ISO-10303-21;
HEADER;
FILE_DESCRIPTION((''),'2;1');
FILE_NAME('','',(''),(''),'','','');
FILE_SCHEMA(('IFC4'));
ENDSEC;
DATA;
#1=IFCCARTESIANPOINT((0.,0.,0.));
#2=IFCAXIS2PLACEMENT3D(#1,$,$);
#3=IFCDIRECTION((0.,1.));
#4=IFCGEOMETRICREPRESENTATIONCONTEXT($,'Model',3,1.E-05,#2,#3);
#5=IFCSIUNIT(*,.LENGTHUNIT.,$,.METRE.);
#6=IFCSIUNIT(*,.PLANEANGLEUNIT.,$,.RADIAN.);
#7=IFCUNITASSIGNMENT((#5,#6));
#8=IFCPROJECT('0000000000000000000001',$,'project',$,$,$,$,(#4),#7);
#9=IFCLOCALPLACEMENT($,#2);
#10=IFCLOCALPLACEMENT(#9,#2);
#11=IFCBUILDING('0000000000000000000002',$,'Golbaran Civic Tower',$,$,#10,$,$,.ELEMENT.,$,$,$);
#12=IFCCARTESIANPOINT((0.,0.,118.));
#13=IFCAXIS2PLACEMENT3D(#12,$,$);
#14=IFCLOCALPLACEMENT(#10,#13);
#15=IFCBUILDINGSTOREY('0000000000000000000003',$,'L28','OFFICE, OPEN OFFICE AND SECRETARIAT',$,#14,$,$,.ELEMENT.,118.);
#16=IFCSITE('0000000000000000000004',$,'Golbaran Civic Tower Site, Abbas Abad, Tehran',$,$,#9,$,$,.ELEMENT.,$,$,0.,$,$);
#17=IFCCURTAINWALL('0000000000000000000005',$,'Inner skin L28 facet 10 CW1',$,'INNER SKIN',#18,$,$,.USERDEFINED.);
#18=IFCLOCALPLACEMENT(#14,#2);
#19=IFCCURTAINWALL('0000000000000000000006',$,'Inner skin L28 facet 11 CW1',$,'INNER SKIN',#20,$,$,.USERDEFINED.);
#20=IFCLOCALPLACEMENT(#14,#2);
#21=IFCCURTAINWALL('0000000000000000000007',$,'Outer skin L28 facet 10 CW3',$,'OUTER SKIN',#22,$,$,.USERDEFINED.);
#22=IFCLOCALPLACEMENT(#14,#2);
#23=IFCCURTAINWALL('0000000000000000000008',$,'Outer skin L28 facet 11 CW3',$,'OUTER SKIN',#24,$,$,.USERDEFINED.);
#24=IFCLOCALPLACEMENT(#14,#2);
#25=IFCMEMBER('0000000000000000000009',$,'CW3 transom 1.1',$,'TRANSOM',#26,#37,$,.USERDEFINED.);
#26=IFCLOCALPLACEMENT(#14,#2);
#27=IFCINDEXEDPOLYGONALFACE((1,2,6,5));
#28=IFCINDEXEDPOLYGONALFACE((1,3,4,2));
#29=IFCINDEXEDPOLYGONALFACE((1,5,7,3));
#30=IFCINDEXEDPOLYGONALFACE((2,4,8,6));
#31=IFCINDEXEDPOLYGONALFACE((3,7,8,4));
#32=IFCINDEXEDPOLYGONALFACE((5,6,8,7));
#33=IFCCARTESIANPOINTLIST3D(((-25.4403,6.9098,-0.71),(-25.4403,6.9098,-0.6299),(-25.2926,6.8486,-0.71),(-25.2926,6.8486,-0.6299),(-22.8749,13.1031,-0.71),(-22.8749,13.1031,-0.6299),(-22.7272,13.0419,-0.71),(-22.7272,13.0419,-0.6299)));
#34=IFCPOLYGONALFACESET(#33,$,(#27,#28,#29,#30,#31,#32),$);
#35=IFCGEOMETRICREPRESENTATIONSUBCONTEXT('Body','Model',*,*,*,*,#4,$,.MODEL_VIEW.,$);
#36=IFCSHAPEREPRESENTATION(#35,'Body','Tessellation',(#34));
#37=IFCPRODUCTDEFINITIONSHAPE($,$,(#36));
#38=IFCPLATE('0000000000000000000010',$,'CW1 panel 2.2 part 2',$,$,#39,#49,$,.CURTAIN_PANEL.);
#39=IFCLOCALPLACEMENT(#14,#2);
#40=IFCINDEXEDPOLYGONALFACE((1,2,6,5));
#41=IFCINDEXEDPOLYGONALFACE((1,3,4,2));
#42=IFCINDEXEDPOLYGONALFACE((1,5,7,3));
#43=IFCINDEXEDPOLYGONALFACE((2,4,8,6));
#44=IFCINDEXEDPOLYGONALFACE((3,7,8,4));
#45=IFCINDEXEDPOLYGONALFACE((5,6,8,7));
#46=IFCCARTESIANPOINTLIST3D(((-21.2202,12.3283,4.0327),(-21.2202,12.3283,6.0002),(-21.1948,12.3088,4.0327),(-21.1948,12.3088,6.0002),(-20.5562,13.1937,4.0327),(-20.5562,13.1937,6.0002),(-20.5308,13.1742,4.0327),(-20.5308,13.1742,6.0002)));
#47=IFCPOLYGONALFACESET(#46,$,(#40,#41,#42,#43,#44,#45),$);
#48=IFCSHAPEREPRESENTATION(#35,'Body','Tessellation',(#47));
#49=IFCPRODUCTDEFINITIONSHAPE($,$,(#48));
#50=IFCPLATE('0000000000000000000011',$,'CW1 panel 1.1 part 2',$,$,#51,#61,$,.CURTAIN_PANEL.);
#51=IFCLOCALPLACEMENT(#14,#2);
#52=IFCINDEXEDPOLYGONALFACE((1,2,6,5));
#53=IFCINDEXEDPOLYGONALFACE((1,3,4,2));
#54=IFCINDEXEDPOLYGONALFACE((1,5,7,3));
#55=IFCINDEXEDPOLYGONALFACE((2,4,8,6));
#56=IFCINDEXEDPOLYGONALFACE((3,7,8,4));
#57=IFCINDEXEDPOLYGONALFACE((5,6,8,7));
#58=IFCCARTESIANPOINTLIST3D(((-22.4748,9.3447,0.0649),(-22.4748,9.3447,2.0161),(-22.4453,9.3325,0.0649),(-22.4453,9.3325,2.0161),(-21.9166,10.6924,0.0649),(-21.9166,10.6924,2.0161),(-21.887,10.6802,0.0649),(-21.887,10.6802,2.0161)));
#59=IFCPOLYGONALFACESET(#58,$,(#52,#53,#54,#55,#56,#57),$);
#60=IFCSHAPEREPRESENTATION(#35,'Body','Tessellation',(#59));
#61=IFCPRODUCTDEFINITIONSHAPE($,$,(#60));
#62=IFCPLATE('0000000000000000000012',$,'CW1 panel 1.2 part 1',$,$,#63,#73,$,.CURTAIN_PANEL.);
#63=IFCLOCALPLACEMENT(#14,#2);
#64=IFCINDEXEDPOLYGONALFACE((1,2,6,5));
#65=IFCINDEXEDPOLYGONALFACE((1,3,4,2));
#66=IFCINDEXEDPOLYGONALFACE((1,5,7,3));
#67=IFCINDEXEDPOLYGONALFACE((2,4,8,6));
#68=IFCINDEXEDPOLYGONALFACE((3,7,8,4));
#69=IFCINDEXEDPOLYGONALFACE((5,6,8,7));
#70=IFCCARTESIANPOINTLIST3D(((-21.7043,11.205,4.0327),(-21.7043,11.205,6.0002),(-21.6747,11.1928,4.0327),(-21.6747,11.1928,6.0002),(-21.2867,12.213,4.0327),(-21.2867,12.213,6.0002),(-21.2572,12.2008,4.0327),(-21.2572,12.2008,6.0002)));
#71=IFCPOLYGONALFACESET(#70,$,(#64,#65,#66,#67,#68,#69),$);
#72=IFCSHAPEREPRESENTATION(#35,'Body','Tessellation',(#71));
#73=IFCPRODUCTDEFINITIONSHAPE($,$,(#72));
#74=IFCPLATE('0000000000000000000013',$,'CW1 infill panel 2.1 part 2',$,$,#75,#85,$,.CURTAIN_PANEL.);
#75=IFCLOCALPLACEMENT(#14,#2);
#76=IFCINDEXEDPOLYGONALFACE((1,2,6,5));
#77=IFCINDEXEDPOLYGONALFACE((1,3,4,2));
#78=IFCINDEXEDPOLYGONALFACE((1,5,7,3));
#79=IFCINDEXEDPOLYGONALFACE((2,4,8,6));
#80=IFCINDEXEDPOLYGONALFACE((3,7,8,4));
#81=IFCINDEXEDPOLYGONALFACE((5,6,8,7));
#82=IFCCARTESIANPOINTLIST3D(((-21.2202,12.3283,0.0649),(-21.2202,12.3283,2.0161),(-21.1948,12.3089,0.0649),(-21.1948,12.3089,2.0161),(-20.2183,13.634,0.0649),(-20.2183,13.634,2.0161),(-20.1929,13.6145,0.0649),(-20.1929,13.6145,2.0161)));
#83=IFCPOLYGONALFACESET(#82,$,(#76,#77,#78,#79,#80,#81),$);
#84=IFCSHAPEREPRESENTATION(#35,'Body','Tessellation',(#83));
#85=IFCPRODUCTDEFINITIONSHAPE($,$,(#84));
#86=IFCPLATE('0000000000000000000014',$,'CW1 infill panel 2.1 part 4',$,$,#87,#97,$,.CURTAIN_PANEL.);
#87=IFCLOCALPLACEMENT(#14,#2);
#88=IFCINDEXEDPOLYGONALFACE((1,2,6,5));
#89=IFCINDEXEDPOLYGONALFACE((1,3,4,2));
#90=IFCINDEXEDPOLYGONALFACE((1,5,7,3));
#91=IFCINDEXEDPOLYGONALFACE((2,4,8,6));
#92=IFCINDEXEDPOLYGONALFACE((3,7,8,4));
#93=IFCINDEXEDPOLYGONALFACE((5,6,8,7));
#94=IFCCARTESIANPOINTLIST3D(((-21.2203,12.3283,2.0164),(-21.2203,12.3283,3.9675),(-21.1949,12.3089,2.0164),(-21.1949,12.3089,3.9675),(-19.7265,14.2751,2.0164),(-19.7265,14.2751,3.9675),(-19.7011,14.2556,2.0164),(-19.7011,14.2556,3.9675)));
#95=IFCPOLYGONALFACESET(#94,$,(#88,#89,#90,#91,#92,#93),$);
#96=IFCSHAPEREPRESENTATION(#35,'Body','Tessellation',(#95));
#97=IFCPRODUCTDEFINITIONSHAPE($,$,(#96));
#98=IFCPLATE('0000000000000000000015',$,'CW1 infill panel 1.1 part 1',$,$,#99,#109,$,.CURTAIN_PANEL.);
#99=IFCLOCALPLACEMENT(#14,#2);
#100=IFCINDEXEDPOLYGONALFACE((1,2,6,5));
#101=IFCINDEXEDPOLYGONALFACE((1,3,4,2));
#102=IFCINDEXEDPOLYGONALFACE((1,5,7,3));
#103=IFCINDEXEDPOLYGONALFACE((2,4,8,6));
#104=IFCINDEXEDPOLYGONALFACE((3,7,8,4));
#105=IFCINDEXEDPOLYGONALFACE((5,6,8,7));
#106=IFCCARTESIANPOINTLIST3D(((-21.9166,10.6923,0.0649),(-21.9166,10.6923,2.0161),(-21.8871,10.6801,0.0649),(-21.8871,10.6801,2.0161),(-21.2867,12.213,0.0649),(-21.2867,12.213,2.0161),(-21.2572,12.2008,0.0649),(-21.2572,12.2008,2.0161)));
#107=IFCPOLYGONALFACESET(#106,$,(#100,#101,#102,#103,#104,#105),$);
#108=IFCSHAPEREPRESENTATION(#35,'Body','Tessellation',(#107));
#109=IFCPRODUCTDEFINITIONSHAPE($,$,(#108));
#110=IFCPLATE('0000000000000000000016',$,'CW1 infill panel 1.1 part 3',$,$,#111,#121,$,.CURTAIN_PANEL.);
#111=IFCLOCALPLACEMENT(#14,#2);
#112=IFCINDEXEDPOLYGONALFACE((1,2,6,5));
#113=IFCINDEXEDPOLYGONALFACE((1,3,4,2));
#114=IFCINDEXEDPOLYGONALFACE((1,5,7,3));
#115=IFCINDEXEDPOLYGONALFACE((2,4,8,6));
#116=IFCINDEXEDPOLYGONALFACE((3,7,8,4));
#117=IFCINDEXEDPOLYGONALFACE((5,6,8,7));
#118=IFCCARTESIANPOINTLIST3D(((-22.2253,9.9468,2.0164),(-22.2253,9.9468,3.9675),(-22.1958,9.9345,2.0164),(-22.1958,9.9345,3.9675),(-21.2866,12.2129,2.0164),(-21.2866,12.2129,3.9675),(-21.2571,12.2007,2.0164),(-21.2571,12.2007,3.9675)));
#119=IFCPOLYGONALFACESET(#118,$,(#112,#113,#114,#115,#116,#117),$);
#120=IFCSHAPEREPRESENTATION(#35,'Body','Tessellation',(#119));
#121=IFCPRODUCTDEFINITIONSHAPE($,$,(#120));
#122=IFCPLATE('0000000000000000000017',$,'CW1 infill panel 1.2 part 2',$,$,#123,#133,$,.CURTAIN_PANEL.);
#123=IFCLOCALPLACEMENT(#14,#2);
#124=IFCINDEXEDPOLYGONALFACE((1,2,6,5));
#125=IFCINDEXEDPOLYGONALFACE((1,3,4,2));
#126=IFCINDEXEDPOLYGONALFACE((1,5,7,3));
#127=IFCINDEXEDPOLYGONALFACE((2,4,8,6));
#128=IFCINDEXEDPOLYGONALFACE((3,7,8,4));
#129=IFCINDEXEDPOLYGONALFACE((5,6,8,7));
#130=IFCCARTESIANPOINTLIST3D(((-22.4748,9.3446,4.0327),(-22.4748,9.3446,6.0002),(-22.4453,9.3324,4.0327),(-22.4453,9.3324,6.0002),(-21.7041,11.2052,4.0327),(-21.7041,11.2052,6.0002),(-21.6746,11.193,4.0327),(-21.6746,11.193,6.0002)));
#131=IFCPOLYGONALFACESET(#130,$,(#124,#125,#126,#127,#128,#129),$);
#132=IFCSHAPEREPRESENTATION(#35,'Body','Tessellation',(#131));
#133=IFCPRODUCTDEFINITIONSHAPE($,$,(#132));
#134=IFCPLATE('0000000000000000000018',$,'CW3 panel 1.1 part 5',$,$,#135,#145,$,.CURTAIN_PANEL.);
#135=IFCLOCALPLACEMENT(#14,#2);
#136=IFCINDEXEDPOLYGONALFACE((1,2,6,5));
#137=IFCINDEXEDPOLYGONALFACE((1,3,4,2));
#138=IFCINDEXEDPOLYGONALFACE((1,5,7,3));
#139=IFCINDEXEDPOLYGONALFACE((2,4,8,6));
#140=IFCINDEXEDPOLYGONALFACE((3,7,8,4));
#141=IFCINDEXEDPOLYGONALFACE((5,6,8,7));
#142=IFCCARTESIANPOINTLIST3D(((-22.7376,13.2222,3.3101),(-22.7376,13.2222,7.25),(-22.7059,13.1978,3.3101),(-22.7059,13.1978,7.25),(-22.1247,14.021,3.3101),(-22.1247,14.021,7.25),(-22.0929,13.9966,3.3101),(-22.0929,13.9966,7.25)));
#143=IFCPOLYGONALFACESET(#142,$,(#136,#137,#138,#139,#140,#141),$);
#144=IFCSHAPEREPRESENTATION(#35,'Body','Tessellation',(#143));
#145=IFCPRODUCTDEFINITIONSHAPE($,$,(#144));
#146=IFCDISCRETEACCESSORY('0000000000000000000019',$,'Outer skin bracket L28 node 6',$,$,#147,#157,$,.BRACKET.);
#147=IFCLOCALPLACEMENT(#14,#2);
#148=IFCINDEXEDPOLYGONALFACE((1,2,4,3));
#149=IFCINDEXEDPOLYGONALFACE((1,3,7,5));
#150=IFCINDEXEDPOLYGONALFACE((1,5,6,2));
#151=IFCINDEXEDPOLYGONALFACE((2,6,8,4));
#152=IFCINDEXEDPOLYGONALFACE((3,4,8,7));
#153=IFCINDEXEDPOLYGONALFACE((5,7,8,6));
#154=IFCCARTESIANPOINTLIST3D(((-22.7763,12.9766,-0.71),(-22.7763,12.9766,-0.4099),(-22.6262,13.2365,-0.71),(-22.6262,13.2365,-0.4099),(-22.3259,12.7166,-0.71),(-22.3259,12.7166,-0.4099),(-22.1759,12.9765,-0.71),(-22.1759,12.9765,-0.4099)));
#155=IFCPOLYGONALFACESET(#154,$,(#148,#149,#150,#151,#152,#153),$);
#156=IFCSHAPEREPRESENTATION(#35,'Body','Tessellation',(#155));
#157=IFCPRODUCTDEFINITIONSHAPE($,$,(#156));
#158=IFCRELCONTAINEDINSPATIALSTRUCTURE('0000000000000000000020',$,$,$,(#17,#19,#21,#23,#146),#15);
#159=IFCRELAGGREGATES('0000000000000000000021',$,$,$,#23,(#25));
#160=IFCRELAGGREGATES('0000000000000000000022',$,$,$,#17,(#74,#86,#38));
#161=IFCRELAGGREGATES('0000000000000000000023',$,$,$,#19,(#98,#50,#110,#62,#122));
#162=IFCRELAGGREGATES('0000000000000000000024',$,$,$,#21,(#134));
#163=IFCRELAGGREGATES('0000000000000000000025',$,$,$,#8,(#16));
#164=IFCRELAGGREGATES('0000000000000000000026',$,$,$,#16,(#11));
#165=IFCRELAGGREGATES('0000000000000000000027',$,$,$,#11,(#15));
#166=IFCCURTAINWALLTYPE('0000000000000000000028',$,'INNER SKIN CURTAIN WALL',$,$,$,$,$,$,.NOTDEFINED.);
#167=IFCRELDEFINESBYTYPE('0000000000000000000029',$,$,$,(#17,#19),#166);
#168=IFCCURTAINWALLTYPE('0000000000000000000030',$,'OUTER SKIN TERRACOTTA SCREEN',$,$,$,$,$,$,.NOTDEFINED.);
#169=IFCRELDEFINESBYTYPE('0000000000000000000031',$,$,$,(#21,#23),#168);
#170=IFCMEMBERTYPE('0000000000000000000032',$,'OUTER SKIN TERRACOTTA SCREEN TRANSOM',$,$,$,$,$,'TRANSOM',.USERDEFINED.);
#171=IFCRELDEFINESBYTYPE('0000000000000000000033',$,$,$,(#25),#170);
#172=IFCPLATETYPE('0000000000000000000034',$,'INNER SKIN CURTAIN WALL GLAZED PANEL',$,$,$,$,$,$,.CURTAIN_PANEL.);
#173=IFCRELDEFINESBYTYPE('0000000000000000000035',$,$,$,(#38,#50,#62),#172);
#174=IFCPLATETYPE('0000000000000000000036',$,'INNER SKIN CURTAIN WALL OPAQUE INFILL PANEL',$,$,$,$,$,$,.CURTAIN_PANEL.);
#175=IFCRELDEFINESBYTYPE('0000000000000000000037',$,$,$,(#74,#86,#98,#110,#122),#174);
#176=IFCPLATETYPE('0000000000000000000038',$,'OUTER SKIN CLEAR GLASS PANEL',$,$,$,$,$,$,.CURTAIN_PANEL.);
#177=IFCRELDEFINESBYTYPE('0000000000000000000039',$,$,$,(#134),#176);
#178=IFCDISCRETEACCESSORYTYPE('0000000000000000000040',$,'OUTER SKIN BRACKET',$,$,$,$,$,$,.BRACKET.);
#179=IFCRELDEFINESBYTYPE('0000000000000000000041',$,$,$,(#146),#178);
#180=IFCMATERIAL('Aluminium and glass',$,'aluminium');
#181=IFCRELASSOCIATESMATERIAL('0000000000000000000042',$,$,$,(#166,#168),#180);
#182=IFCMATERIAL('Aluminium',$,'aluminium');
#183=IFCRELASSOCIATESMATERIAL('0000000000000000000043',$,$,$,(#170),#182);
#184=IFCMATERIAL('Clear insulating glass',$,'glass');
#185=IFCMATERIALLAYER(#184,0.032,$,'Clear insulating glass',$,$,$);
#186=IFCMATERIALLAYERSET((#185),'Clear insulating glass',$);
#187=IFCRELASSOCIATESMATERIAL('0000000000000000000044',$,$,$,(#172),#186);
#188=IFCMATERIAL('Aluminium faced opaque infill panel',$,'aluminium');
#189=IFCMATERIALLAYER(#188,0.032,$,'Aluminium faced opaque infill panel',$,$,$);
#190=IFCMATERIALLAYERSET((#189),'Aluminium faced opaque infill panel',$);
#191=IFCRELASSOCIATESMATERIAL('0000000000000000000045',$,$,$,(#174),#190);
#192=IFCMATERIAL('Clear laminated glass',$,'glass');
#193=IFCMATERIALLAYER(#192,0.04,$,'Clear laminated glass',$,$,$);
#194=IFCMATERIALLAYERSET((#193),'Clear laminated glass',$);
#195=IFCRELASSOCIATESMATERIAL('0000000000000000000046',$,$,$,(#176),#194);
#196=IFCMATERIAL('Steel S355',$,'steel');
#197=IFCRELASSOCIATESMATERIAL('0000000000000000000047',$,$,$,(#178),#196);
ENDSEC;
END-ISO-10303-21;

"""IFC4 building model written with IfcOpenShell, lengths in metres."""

from ifc_helpers import new_model, si_unit, direction, frame, origin, origin_2d, place, context, subcontext, project, spatial, rectangle, extrude, material, layer, layer_set, material_profile, profile_set, type_object, element, aggregate, save


model = new_model("IFC4")

# Units and contexts
model_context = context("Model", 3, precision=1e-05, world=origin(), true_north=direction((0.0, 1.0)))
body_context = subcontext(model_context, "Body", "Model", "MODEL_VIEW")
ifc_project = project(units=[si_unit("LENGTHUNIT", "METRE"), si_unit("PLANEANGLEUNIT", "RADIAN")], contexts=[model_context])

# Site, building, storey
site_placement = place(None, origin())
site = spatial("IfcSite", under=ifc_project, at=site_placement, Name="Golbaran Civic Tower Site, Abbas Abad, Tehran", CompositionType="ELEMENT", RefElevation=0.0)
building_placement = place(site_placement, origin())
building = spatial("IfcBuilding", under=site, at=building_placement, Name="Golbaran Civic Tower", CompositionType="ELEMENT")
storey_placement = place(building_placement, frame((0.0, 0.0, 118.0)))
storey = spatial("IfcBuildingStorey", under=building, at=storey_placement, Name="L28", Description="OFFICE, OPEN OFFICE AND SECRETARIAT", CompositionType="ELEMENT", Elevation=118.0)

# Shared definitions
ifc_material_1 = material(Name="Steel S355", Category="steel")

# Curtain wall
ifc_material_2 = material(Name="Aluminium and glass", Category="aluminium")
curtain_wall_type_1 = type_object("IfcCurtainWallType", Name="INNER SKIN CURTAIN WALL", PredefinedType="NOTDEFINED", material=ifc_material_2)
curtain_wall_1_placement = place(storey_placement, origin())
curtain_wall_1 = element("IfcCurtainWall", 1, at=curtain_wall_1_placement, inside=storey, type_object=curtain_wall_type_1, Name="Inner skin L28 facet 10 CW1", ObjectType="INNER SKIN", PredefinedType="USERDEFINED")
ifc_material_3 = material(Name="Aluminium", Category="aluminium")

# Curtain wall
curtain_wall_2_placement = place(storey_placement, origin())
curtain_wall_2 = element("IfcCurtainWall", 2, at=curtain_wall_2_placement, inside=storey, type_object=curtain_wall_type_1, Name="Inner skin L28 facet 11 CW1", ObjectType="INNER SKIN", PredefinedType="USERDEFINED")

# Curtain wall
curtain_wall_type_2 = type_object("IfcCurtainWallType", Name="OUTER SKIN TERRACOTTA SCREEN", PredefinedType="NOTDEFINED", material=ifc_material_2)
curtain_wall_3_placement = place(storey_placement, origin())
curtain_wall_3 = element("IfcCurtainWall", 3, at=curtain_wall_3_placement, inside=storey, type_object=curtain_wall_type_2, Name="Outer skin L28 facet 10 CW3", ObjectType="OUTER SKIN", PredefinedType="USERDEFINED")

# Curtain wall, member
curtain_wall_4_placement = place(storey_placement, origin())
curtain_wall_4 = element("IfcCurtainWall", 4, at=curtain_wall_4_placement, inside=storey, type_object=curtain_wall_type_2, Name="Outer skin L28 facet 11 CW3", ObjectType="OUTER SKIN", PredefinedType="USERDEFINED")
ifc_material_profile_1 = material_profile(ifc_material_3, rectangle(XDim=0.1599, YDim=0.0801, at=origin_2d()), Name="OUTER SKIN TERRACOTTA SCREEN TRANSOM")
ifc_profile_set_1 = profile_set([ifc_material_profile_1], Name="Aluminium")
member_type_1 = type_object("IfcMemberType", Name="OUTER SKIN TERRACOTTA SCREEN TRANSOM", ElementType="TRANSOM", PredefinedType="USERDEFINED", material=ifc_profile_set_1)
member_1_placement = place(storey_placement, frame((-22.801, 13.0725, -0.6699), z_axis=(-0.382691, -0.923877, 0.0), x_axis=(0.923877, -0.382691, 0.0)))
member_1 = element("IfcMember", 5, at=member_1_placement, type_object=member_type_1, Name="CW3 transom 1.1", ObjectType="TRANSOM", PredefinedType="USERDEFINED", context=body_context, shape_type="SweptSolid", body=[
    extrude(rectangle(XDim=0.1599, YDim=0.0801, at=origin_2d()), origin(), (0.0, 0.0, 1.0), 6.7036),
])
aggregate(curtain_wall_4, [member_1])

# Plates
ifc_material_4 = material(Name="Clear insulating glass", Category="glass")
ifc_layer_1 = layer(ifc_material_4, 0.032, Name="Clear insulating glass")
ifc_layer_set_1 = layer_set([ifc_layer_1], Name="Clear insulating glass")
plate_type_1 = type_object("IfcPlateType", Name="INNER SKIN CURTAIN WALL GLAZED PANEL", PredefinedType="CURTAIN_PANEL", material=ifc_layer_set_1)
plate_1_placement = place(storey_placement, frame((-20.8755, 12.7512, 4.0327), z_axis=(0.0, 0.0, 1.0), x_axis=(-0.608761, -0.793353, 0.0)))
plate_1 = element("IfcPlate", 6, at=plate_1_placement, type_object=plate_type_1, Name="CW1 panel 2.2 part 2", PredefinedType="CURTAIN_PANEL", context=body_context, shape_type="SweptSolid", body=[
    extrude(rectangle(XDim=1.0908, YDim=0.032, at=origin_2d()), origin(), (0.0, 0.0, 1.0), 1.9675),
])
plate_2_placement = place(storey_placement, frame((-22.1809, 10.0125, 0.0649), z_axis=(0.0, 0.0, 1.0), x_axis=(-0.382683, -0.92388, 0.0)))
plate_2 = element("IfcPlate", 7, at=plate_2_placement, type_object=plate_type_1, Name="CW1 panel 1.1 part 2", PredefinedType="CURTAIN_PANEL", context=body_context, shape_type="SweptSolid", body=[
    extrude(rectangle(XDim=1.4587, YDim=0.032, at=origin_2d()), origin(), (0.0, 0.0, 1.0), 1.9512),
])
plate_3_placement = place(storey_placement, frame((-21.4807, 11.7029, 4.0327), z_axis=(0.0, 0.0, 1.0), x_axis=(-0.382683, -0.92388, 0.0)))
plate_3 = element("IfcPlate", 8, at=plate_3_placement, type_object=plate_type_1, Name="CW1 panel 1.2 part 1", PredefinedType="CURTAIN_PANEL", context=body_context, shape_type="SweptSolid", body=[
    extrude(rectangle(XDim=1.0911, YDim=0.032, at=origin_2d()), origin(), (0.0, 0.0, 1.0), 1.9675),
])
ifc_material_5 = material(Name="Aluminium faced opaque infill panel", Category="aluminium")
ifc_layer_2 = layer(ifc_material_5, 0.032, Name="Aluminium faced opaque infill panel")
ifc_layer_set_2 = layer_set([ifc_layer_2], Name="Aluminium faced opaque infill panel")
plate_type_2 = type_object("IfcPlateType", Name="INNER SKIN CURTAIN WALL OPAQUE INFILL PANEL", PredefinedType="CURTAIN_PANEL", material=ifc_layer_set_2)
plate_4_placement = place(storey_placement, frame((-20.7065, 12.9714, 0.0649), z_axis=(0.0, 0.0, 1.0), x_axis=(-0.608761, -0.793353, 0.0)))
plate_4 = element("IfcPlate", 9, at=plate_4_placement, type_object=plate_type_2, Name="CW1 infill panel 2.1 part 2", PredefinedType="CURTAIN_PANEL", context=body_context, shape_type="SweptSolid", body=[
    extrude(rectangle(XDim=1.6458, YDim=0.032, at=origin_2d()), origin(), (0.0, 0.0, 1.0), 1.9512),
])
plate_5_placement = place(storey_placement, frame((-20.4607, 13.292, 2.0164), z_axis=(0.0, 0.0, 1.0), x_axis=(-0.608761, -0.793353, 0.0)))
plate_5 = element("IfcPlate", 10, at=plate_5_placement, type_object=plate_type_2, Name="CW1 infill panel 2.1 part 4", PredefinedType="CURTAIN_PANEL", context=body_context, shape_type="SweptSolid", body=[
    extrude(rectangle(XDim=2.4539, YDim=0.032, at=origin_2d()), origin(), (0.0, 0.0, 1.0), 1.9512),
])
aggregate(curtain_wall_1, [plate_4, plate_5, plate_1])
plate_6_placement = place(storey_placement, frame((-21.5869, 11.4465, 0.0649), z_axis=(0.0, 0.0, 1.0), x_axis=(-0.382683, -0.92388, 0.0)))
plate_6 = element("IfcPlate", 11, at=plate_6_placement, type_object=plate_type_2, Name="CW1 infill panel 1.1 part 1", PredefinedType="CURTAIN_PANEL", context=body_context, shape_type="SweptSolid", body=[
    extrude(rectangle(XDim=1.646, YDim=0.032, at=origin_2d()), origin(), (0.0, 0.0, 1.0), 1.9512),
])
plate_7_placement = place(storey_placement, frame((-21.7412, 11.0737, 2.0164), z_axis=(0.0, 0.0, 1.0), x_axis=(-0.382683, -0.92388, 0.0)))
plate_7 = element("IfcPlate", 12, at=plate_7_placement, type_object=plate_type_2, Name="CW1 infill panel 1.1 part 3", PredefinedType="CURTAIN_PANEL", context=body_context, shape_type="SweptSolid", body=[
    extrude(rectangle(XDim=2.4529, YDim=0.032, at=origin_2d()), origin(), (0.0, 0.0, 1.0), 1.9512),
])
plate_8_placement = place(storey_placement, frame((-22.0747, 10.2688, 4.0327), z_axis=(0.0, 0.0, 1.0), x_axis=(-0.382683, -0.92388, 0.0)))
plate_8 = element("IfcPlate", 13, at=plate_8_placement, type_object=plate_type_2, Name="CW1 infill panel 1.2 part 2", PredefinedType="CURTAIN_PANEL", context=body_context, shape_type="SweptSolid", body=[
    extrude(rectangle(XDim=2.0139, YDim=0.032, at=origin_2d()), origin(), (0.0, 0.0, 1.0), 1.9675),
])
aggregate(curtain_wall_2, [plate_6, plate_2, plate_7, plate_3, plate_8])
ifc_material_6 = material(Name="Clear laminated glass", Category="glass")
ifc_layer_3 = layer(ifc_material_6, 0.04, Name="Clear laminated glass")
ifc_layer_set_3 = layer_set([ifc_layer_3], Name="Clear laminated glass")
plate_type_3 = type_object("IfcPlateType", Name="OUTER SKIN CLEAR GLASS PANEL", PredefinedType="CURTAIN_PANEL", material=ifc_layer_set_3)
plate_9_placement = place(storey_placement, frame((-22.4153, 13.6094, 3.3101), z_axis=(0.0, 0.0, 1.0), x_axis=(-0.608761, -0.793353, 0.0)))
plate_9 = element("IfcPlate", 14, at=plate_9_placement, type_object=plate_type_3, Name="CW3 panel 1.1 part 5", PredefinedType="CURTAIN_PANEL", context=body_context, shape_type="SweptSolid", body=[
    extrude(rectangle(XDim=1.0068, YDim=0.04, at=origin_2d()), origin(), (0.0, 0.0, 1.0), 3.9399),
])
aggregate(curtain_wall_3, [plate_9])

# Discrete accessory
discrete_accessory_type = type_object("IfcDiscreteAccessoryType", Name="OUTER SKIN BRACKET", PredefinedType="BRACKET", material=ifc_material_1)
discrete_accessory_placement = place(storey_placement, frame((-22.4761, 12.9766, -0.71), z_axis=(0.0, 0.0, 1.0), x_axis=(-0.866025, 0.5, 0.0)))
element("IfcDiscreteAccessory", 15, at=discrete_accessory_placement, inside=storey, type_object=discrete_accessory_type, Name="Outer skin bracket L28 node 6", PredefinedType="BRACKET", context=body_context, shape_type="SweptSolid", body=[
    extrude(rectangle(XDim=0.52, YDim=0.3, at=origin_2d()), origin(), (0.0, 0.0, 1.0), 0.3),
])

save(model, "model.ifc")
